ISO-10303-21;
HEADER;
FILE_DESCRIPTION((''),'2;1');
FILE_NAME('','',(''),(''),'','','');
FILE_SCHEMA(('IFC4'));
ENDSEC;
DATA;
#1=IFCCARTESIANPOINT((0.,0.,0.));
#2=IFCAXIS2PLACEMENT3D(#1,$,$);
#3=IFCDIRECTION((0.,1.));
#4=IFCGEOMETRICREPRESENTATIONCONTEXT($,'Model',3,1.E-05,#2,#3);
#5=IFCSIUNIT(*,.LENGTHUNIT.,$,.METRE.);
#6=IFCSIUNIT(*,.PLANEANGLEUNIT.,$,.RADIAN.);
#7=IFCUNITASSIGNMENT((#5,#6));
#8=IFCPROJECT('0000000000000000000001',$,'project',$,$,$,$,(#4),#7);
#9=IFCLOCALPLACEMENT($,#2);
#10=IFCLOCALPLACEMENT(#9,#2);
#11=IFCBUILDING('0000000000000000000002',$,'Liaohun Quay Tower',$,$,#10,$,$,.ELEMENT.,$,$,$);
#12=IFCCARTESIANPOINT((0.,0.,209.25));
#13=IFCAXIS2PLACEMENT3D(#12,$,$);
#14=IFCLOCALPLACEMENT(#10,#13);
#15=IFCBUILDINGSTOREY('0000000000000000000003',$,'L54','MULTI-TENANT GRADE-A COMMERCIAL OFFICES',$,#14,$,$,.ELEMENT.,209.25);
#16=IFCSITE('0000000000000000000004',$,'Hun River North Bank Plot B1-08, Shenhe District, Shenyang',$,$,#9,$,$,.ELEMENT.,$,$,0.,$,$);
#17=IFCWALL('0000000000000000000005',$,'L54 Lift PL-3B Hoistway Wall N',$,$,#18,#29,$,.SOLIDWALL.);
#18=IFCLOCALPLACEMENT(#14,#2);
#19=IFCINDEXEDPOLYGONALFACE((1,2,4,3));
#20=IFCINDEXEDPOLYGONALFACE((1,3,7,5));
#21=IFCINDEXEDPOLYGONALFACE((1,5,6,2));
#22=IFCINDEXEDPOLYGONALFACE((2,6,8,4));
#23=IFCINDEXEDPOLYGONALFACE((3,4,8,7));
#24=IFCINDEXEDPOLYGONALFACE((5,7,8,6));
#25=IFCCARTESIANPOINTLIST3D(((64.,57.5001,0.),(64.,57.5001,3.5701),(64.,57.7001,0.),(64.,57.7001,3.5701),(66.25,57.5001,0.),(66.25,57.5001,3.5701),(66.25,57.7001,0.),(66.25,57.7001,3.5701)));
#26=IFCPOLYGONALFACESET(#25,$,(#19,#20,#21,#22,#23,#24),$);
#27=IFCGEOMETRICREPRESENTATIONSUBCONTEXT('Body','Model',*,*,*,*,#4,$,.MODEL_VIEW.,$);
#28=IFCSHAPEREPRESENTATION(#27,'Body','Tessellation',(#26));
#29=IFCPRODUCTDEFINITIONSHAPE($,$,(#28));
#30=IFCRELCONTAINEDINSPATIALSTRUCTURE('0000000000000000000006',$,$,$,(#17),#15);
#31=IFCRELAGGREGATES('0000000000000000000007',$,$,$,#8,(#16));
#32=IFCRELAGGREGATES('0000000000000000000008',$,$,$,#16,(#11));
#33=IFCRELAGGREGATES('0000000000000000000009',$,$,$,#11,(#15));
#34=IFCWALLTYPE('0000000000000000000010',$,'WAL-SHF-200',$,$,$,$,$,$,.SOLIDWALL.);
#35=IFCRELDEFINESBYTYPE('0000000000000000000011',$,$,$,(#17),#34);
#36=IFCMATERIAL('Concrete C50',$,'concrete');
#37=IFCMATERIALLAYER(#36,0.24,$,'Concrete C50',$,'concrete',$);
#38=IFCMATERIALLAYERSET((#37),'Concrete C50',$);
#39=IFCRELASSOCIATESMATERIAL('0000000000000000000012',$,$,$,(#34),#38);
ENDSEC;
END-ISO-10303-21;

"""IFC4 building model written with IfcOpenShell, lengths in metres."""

from ifc_helpers import new_model, si_unit, direction, frame, frame_2d, origin, place, context, subcontext, project, spatial, rectangle, extrude, material, layer, layer_set, type_object, element, save


model = new_model("IFC4")

# Units and contexts
model_context = context("Model", 3, precision=1e-05, world=origin(), true_north=direction((0.0, 1.0)))
body_context = subcontext(model_context, "Body", "Model", "MODEL_VIEW")
ifc_project = project(units=[si_unit("LENGTHUNIT", "METRE"), si_unit("PLANEANGLEUNIT", "RADIAN")], contexts=[model_context])

# Site, building, storey
site_placement = place(None, origin())
site = spatial("IfcSite", under=ifc_project, at=site_placement, Name="Hun River North Bank Plot B1-08, Shenhe District, Shenyang", CompositionType="ELEMENT", RefElevation=0.0)
building_placement = place(site_placement, origin())
building = spatial("IfcBuilding", under=site, at=building_placement, Name="Liaohun Quay Tower", CompositionType="ELEMENT")
storey_placement = place(building_placement, frame((0.0, 0.0, 209.25)))
storey = spatial("IfcBuildingStorey", under=building, at=storey_placement, Name="L54", Description="MULTI-TENANT GRADE-A COMMERCIAL OFFICES", CompositionType="ELEMENT", Elevation=209.25)

# Wall
ifc_material_1 = material(Name="Concrete C50", Category="concrete")
ifc_layer_1 = layer(ifc_material_1, 0.24, Name="Concrete C50", Category="concrete")
ifc_layer_set_1 = layer_set([ifc_layer_1], Name="Concrete C50")
wall_type_1 = type_object("IfcWallType", Name="WAL-SHF-200", PredefinedType="SOLIDWALL", material=ifc_layer_set_1)
wall_1_placement = place(storey_placement, frame((66.25, 57.6001, 0.0), z_axis=(0.0, 0.0, 1.0), x_axis=(-1.0, 0.0, 0.0)))
element("IfcWall", 1, at=wall_1_placement, inside=storey, type_object=wall_type_1, Name="L54 Lift PL-3B Hoistway Wall N", PredefinedType="SOLIDWALL", context=body_context, shape_type="SweptSolid", body=[
    extrude(rectangle(XDim=2.25, YDim=0.2, at=frame_2d((1.125, 0.0))), origin(), (0.0, 0.0, 1.0), 3.5701),
])

save(model, "model.ifc")
